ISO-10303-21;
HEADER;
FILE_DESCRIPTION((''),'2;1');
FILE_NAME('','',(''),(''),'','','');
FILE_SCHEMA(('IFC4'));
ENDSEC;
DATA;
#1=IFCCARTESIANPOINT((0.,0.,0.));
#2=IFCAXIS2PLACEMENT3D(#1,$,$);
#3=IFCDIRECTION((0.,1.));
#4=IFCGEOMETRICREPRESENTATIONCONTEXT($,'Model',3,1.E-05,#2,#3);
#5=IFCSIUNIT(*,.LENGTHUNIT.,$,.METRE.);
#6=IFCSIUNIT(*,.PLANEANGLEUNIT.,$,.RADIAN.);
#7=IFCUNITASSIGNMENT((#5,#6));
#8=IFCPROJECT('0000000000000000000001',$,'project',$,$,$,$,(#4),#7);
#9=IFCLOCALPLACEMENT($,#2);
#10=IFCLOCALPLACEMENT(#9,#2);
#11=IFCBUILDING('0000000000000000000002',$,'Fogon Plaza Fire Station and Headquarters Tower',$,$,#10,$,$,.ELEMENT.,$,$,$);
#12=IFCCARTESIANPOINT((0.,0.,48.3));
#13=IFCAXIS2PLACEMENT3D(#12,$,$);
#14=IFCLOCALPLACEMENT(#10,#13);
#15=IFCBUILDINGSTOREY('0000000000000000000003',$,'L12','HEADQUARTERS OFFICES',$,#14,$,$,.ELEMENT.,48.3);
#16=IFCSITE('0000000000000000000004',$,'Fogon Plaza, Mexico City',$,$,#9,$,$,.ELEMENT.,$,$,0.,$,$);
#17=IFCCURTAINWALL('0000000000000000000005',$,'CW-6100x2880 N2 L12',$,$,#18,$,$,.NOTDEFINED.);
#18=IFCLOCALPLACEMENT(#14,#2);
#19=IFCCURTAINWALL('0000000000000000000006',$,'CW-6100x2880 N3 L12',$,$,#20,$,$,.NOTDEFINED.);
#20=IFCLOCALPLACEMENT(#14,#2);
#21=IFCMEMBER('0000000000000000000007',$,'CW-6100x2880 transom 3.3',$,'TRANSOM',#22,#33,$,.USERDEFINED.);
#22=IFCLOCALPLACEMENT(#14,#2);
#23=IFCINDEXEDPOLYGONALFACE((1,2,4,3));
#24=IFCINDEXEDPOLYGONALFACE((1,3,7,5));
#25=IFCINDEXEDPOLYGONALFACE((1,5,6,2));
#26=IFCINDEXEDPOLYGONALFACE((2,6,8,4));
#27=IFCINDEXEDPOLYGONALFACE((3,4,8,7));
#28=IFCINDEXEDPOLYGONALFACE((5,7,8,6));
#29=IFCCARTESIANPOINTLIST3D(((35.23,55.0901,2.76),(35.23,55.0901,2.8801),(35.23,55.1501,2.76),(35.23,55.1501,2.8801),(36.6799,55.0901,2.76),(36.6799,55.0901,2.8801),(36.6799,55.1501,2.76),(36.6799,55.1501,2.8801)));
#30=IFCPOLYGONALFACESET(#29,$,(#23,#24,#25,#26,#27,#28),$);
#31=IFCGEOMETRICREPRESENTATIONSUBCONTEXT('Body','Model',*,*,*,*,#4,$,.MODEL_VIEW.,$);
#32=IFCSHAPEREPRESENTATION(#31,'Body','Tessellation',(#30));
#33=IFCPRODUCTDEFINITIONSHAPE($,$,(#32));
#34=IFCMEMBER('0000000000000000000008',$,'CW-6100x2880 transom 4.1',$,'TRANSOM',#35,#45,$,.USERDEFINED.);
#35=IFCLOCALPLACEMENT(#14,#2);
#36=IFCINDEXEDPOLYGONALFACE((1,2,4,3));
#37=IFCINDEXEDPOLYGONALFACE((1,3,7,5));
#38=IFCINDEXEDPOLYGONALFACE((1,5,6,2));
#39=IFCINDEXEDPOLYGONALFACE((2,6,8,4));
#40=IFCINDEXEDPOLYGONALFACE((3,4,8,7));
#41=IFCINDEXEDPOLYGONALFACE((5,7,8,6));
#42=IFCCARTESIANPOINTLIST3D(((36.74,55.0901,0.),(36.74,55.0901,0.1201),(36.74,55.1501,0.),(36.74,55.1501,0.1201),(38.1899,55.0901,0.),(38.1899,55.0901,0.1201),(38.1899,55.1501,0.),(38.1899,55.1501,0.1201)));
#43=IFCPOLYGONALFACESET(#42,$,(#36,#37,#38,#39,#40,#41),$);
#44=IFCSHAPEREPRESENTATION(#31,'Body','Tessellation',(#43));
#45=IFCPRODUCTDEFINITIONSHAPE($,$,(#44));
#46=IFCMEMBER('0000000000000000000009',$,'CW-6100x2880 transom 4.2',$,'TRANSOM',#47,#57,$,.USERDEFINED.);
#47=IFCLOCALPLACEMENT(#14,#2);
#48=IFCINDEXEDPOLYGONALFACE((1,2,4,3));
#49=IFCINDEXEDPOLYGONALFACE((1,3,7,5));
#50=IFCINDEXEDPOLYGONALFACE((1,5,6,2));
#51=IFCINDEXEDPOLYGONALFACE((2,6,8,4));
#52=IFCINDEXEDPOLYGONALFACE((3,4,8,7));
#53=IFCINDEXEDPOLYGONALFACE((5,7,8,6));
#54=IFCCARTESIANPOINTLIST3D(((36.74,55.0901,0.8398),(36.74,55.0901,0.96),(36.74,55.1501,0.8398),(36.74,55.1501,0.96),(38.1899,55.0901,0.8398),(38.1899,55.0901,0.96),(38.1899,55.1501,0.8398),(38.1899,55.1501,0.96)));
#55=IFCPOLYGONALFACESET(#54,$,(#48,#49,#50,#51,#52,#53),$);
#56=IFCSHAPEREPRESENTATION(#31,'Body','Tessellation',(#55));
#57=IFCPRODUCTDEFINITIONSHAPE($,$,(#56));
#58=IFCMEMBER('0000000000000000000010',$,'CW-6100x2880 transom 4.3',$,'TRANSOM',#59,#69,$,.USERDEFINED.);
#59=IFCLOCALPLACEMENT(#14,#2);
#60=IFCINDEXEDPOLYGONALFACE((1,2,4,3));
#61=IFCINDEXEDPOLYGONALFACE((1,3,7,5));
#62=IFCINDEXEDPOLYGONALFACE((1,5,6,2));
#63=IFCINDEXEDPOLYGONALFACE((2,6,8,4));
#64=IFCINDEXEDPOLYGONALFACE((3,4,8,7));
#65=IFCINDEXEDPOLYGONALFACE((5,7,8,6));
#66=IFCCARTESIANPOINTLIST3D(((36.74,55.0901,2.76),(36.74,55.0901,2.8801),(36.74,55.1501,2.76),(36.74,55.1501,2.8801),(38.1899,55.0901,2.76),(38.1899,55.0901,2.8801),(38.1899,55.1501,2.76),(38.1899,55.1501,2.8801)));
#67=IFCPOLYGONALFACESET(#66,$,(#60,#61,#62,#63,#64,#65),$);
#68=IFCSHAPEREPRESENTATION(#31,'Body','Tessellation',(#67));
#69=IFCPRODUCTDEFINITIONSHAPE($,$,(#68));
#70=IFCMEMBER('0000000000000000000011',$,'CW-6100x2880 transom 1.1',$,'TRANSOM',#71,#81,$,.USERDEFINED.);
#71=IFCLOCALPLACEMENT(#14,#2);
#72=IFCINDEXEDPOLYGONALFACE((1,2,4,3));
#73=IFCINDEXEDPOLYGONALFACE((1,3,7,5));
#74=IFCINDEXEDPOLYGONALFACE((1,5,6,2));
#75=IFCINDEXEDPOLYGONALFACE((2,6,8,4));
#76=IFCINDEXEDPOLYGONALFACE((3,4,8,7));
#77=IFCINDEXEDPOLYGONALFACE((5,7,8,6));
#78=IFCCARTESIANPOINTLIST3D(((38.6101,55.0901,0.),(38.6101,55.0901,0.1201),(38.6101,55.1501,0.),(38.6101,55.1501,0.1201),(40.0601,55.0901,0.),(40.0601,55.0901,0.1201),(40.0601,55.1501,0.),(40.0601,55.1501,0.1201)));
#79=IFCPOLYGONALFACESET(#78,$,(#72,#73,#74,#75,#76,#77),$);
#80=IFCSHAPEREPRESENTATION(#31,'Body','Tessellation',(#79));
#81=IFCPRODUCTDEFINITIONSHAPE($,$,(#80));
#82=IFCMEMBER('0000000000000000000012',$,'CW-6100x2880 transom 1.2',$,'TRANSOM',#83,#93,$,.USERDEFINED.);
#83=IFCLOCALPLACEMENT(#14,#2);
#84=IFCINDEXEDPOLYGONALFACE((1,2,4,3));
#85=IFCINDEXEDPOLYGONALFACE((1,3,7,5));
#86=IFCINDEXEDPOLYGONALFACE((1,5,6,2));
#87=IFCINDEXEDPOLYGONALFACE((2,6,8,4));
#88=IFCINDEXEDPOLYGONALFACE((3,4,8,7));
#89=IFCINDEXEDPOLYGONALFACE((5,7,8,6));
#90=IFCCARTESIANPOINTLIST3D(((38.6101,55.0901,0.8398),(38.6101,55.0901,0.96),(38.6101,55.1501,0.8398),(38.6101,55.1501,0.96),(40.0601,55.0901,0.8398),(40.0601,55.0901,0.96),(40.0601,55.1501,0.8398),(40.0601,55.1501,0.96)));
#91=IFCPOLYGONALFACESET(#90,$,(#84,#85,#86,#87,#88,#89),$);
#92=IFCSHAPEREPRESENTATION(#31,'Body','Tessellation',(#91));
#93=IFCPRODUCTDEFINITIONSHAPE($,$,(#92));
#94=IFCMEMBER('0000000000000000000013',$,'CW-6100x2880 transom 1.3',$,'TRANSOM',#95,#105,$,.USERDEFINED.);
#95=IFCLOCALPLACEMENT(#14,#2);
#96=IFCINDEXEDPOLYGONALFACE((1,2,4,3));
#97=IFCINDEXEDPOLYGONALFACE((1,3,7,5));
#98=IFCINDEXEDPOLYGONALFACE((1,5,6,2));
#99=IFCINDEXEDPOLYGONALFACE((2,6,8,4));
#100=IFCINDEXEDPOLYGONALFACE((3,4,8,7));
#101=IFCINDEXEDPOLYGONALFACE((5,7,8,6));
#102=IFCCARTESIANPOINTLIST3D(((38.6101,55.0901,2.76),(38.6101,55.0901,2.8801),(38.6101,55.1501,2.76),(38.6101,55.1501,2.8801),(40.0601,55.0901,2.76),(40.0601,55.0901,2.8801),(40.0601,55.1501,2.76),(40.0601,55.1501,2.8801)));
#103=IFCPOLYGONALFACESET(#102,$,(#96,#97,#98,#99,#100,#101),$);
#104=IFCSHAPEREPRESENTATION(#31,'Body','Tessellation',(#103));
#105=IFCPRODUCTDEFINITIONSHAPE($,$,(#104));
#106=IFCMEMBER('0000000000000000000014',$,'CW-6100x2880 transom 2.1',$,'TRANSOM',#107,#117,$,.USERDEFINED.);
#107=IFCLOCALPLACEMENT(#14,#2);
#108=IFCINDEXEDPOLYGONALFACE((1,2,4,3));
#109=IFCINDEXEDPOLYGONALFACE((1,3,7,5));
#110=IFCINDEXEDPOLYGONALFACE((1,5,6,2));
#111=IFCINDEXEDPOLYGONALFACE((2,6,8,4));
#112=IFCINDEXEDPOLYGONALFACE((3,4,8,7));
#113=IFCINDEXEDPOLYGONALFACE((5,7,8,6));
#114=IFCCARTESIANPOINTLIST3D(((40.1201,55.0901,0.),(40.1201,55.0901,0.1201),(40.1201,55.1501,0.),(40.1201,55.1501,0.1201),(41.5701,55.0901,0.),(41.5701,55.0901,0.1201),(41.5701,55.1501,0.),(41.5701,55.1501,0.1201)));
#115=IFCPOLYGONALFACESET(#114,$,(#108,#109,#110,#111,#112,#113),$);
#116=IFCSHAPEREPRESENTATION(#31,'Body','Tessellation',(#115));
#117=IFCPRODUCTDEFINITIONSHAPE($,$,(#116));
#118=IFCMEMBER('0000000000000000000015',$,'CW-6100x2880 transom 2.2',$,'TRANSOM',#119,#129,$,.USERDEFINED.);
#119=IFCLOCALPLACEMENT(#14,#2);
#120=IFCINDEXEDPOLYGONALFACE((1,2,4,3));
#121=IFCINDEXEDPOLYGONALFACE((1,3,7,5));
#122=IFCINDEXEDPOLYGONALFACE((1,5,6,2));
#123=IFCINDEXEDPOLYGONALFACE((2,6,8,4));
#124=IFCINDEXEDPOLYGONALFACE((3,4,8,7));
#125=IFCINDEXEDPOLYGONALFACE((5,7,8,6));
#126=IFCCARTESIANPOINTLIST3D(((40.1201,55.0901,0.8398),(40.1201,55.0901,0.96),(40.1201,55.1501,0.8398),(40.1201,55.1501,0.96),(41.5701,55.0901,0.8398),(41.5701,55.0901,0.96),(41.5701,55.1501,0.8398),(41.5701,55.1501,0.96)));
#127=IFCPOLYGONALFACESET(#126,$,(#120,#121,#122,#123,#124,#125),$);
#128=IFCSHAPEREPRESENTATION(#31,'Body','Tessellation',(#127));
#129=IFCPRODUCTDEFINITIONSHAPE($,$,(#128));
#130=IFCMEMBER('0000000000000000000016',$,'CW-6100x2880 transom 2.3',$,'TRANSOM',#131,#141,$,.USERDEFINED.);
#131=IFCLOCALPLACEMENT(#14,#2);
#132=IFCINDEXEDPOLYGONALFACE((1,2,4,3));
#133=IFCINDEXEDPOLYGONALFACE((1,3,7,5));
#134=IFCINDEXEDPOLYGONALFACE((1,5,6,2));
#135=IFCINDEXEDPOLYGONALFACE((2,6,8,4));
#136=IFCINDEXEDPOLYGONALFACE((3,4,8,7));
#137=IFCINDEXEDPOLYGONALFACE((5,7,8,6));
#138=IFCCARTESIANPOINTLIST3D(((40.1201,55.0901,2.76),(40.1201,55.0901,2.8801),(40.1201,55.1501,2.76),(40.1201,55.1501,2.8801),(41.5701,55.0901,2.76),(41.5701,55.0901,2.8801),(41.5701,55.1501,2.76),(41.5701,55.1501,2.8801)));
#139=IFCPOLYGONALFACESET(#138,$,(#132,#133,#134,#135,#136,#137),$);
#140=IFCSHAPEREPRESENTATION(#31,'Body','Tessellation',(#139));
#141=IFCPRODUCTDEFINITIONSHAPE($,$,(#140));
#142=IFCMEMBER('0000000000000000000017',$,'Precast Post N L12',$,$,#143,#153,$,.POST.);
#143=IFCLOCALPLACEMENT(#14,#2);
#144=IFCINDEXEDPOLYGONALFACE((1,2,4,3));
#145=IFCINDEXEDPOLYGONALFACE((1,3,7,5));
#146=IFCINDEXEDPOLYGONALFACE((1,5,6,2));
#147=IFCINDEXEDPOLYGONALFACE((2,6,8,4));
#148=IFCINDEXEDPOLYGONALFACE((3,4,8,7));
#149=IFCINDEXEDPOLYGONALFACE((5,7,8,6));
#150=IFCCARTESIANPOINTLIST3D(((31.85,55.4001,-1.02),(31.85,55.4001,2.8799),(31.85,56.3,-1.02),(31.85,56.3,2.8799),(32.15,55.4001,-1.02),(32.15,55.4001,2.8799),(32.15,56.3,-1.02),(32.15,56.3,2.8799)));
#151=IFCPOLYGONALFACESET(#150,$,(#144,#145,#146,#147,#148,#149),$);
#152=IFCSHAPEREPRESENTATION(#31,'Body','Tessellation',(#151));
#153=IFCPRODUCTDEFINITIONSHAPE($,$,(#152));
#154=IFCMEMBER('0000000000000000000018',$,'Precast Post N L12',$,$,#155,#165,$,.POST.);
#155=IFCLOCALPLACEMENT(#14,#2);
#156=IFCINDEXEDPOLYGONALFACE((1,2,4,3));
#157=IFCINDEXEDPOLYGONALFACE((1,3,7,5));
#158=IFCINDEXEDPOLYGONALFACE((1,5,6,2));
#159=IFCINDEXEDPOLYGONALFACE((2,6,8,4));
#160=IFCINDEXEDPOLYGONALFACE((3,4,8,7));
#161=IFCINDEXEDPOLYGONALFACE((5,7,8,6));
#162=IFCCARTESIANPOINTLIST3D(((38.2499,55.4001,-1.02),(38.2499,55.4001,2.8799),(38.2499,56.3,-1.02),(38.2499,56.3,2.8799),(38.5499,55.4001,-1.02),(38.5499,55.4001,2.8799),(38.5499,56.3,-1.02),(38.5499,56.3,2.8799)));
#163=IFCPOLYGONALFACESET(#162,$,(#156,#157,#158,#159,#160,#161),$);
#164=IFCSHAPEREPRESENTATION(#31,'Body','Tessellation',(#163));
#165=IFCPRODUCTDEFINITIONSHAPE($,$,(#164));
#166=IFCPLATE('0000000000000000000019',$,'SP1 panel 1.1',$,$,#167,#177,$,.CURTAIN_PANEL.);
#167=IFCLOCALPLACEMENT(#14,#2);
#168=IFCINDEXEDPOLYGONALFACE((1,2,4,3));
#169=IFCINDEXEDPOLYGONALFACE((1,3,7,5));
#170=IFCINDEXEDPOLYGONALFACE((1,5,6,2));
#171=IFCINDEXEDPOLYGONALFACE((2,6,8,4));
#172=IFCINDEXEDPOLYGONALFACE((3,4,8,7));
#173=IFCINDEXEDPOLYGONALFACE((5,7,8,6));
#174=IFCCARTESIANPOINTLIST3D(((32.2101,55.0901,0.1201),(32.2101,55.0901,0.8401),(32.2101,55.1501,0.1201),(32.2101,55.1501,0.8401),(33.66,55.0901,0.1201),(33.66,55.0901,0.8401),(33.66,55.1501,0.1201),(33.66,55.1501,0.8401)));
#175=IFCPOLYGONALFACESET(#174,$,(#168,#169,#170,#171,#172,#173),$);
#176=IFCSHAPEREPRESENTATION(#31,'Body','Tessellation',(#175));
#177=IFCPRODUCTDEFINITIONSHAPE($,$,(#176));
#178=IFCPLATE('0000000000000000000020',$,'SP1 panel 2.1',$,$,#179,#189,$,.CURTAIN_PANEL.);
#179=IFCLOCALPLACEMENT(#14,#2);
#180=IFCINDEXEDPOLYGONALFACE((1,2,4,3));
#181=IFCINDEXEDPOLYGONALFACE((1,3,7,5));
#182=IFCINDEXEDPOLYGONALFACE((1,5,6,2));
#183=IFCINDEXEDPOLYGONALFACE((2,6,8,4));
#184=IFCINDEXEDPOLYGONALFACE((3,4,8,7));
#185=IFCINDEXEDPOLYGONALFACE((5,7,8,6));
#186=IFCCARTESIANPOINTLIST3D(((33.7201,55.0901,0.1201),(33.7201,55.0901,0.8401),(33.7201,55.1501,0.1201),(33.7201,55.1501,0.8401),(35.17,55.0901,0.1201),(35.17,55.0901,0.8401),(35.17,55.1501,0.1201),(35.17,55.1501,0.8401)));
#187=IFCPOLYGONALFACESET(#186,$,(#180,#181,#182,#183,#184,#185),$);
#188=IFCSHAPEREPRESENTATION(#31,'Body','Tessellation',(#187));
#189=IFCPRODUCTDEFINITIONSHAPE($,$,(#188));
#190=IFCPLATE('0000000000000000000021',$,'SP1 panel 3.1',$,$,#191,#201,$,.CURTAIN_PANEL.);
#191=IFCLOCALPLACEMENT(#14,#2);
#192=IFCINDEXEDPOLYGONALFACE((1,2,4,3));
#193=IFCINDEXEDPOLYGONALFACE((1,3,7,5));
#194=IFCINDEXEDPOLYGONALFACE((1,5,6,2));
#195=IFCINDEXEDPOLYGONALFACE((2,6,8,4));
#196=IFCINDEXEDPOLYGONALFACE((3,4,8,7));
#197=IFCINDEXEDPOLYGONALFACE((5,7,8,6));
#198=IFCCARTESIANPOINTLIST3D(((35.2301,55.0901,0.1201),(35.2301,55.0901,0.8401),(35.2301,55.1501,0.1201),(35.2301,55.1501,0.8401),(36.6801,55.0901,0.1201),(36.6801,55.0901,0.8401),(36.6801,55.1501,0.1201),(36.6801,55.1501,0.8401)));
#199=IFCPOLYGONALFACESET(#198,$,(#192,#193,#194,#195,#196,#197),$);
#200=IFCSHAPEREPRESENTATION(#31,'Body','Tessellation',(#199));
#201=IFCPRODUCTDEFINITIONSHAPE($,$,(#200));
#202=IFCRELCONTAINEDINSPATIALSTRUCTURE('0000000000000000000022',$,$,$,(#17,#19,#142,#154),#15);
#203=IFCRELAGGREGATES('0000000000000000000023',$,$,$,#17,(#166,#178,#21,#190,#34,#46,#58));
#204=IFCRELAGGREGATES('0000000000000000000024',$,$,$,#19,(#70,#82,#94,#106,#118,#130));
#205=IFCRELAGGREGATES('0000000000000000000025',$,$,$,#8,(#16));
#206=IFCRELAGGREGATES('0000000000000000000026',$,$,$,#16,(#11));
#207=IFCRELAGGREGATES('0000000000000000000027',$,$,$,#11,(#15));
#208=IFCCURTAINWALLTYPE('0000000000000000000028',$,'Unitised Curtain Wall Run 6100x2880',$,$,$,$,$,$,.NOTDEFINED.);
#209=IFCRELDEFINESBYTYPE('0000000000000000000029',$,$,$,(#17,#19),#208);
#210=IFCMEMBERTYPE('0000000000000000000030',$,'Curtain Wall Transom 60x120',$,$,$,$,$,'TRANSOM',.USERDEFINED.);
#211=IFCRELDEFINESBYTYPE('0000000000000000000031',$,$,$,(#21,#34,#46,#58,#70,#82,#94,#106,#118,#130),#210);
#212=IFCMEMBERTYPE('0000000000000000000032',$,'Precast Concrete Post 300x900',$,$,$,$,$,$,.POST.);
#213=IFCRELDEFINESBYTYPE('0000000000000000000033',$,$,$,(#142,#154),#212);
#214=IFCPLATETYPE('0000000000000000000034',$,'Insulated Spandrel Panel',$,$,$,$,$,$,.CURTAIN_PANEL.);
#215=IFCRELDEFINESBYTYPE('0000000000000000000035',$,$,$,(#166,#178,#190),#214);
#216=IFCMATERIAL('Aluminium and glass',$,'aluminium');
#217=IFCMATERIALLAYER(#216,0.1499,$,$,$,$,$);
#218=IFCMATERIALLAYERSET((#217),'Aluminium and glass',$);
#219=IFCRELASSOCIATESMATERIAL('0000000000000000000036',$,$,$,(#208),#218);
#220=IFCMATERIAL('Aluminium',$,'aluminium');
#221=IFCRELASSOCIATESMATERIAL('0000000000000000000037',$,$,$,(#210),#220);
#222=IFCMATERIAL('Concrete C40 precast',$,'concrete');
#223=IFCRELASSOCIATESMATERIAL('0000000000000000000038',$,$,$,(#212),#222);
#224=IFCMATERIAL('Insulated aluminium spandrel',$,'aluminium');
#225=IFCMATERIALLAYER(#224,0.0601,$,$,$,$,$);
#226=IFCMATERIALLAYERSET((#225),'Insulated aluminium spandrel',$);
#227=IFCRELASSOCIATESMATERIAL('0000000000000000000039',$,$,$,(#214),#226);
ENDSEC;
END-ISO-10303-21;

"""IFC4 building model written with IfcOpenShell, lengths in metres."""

from ifc_helpers import new_model, si_unit, direction, frame, origin, origin_2d, place, context, subcontext, project, spatial, rectangle, extrude, material, layer, layer_set, material_profile, profile_set, type_object, element, aggregate, save


model = new_model("IFC4")

# Units and contexts
model_context = context("Model", 3, precision=1e-05, world=origin(), true_north=direction((0.0, 1.0)))
body_context = subcontext(model_context, "Body", "Model", "MODEL_VIEW")
ifc_project = project(units=[si_unit("LENGTHUNIT", "METRE"), si_unit("PLANEANGLEUNIT", "RADIAN")], contexts=[model_context])

# Site, building, storey
site_placement = place(None, origin())
site = spatial("IfcSite", under=ifc_project, at=site_placement, Name="Fogon Plaza, Mexico City", CompositionType="ELEMENT", RefElevation=0.0)
building_placement = place(site_placement, origin())
building = spatial("IfcBuilding", under=site, at=building_placement, Name="Fogon Plaza Fire Station and Headquarters Tower", CompositionType="ELEMENT")
storey_placement = place(building_placement, frame((0.0, 0.0, 48.3)))
storey = spatial("IfcBuildingStorey", under=building, at=storey_placement, Name="L12", Description="HEADQUARTERS OFFICES", CompositionType="ELEMENT", Elevation=48.3)

# Curtain walls
ifc_material_1 = material(Name="Aluminium and glass", Category="aluminium")
ifc_layer_1 = layer(ifc_material_1, 0.1499)
ifc_layer_set_1 = layer_set([ifc_layer_1], Name="Aluminium and glass")
curtain_wall_type = type_object("IfcCurtainWallType", Name="Unitised Curtain Wall Run 6100x2880", PredefinedType="NOTDEFINED", material=ifc_layer_set_1)
curtain_wall_1_placement = place(storey_placement, origin())
curtain_wall_1 = element("IfcCurtainWall", 1, at=curtain_wall_1_placement, inside=storey, type_object=curtain_wall_type, Name="CW-6100x2880 N2 L12", PredefinedType="NOTDEFINED")
curtain_wall_2_placement = place(storey_placement, origin())
curtain_wall_2 = element("IfcCurtainWall", 2, at=curtain_wall_2_placement, inside=storey, type_object=curtain_wall_type, Name="CW-6100x2880 N3 L12", PredefinedType="NOTDEFINED")

# Members
ifc_material_2 = material(Name="Aluminium", Category="aluminium")
ifc_material_profile_1 = material_profile(ifc_material_2, rectangle(XDim=0.0601, YDim=0.1201, at=origin_2d()), Name="Curtain Wall Transom 60x120")
ifc_profile_set_1 = profile_set([ifc_material_profile_1], Name="Aluminium")
member_type_1 = type_object("IfcMemberType", Name="Curtain Wall Transom 60x120", ElementType="TRANSOM", PredefinedType="USERDEFINED", material=ifc_profile_set_1)
member_1_placement = place(storey_placement, frame((35.23, 55.1201, 2.8201), z_axis=(1.0, 0.0, 0.0), x_axis=(0.0, 1.0, 0.0)))
member_1 = element("IfcMember", 3, at=member_1_placement, type_object=member_type_1, Name="CW-6100x2880 transom 3.3", ObjectType="TRANSOM", PredefinedType="USERDEFINED", context=body_context, shape_type="SweptSolid", body=[
    extrude(rectangle(XDim=0.0601, YDim=0.1201, at=origin_2d()), origin(), (0.0, 0.0, 1.0), 1.45),
])
member_2_placement = place(storey_placement, frame((36.74, 55.1201, 0.0601), z_axis=(1.0, 0.0, 0.0), x_axis=(0.0, 1.0, 0.0)))
member_2 = element("IfcMember", 4, at=member_2_placement, type_object=member_type_1, Name="CW-6100x2880 transom 4.1", ObjectType="TRANSOM", PredefinedType="USERDEFINED", context=body_context, shape_type="SweptSolid", body=[
    extrude(rectangle(XDim=0.0601, YDim=0.1201, at=origin_2d()), origin(), (0.0, 0.0, 1.0), 1.45),
])
member_3_placement = place(storey_placement, frame((36.74, 55.1201, 0.8999), z_axis=(1.0, 0.0, 0.0), x_axis=(0.0, 1.0, 0.0)))
member_3 = element("IfcMember", 5, at=member_3_placement, type_object=member_type_1, Name="CW-6100x2880 transom 4.2", ObjectType="TRANSOM", PredefinedType="USERDEFINED", context=body_context, shape_type="SweptSolid", body=[
    extrude(rectangle(XDim=0.0601, YDim=0.1201, at=origin_2d()), origin(), (0.0, 0.0, 1.0), 1.45),
])
member_4_placement = place(storey_placement, frame((36.74, 55.1201, 2.8201), z_axis=(1.0, 0.0, 0.0), x_axis=(0.0, 1.0, 0.0)))
member_4 = element("IfcMember", 6, at=member_4_placement, type_object=member_type_1, Name="CW-6100x2880 transom 4.3", ObjectType="TRANSOM", PredefinedType="USERDEFINED", context=body_context, shape_type="SweptSolid", body=[
    extrude(rectangle(XDim=0.0601, YDim=0.1201, at=origin_2d()), origin(), (0.0, 0.0, 1.0), 1.45),
])
member_5_placement = place(storey_placement, frame((38.6101, 55.1201, 0.0601), z_axis=(1.0, 0.0, 0.0), x_axis=(0.0, 1.0, 0.0)))
member_5 = element("IfcMember", 7, at=member_5_placement, type_object=member_type_1, Name="CW-6100x2880 transom 1.1", ObjectType="TRANSOM", PredefinedType="USERDEFINED", context=body_context, shape_type="SweptSolid", body=[
    extrude(rectangle(XDim=0.0601, YDim=0.1201, at=origin_2d()), origin(), (0.0, 0.0, 1.0), 1.45),
])
member_6_placement = place(storey_placement, frame((38.6101, 55.1201, 0.8999), z_axis=(1.0, 0.0, 0.0), x_axis=(0.0, 1.0, 0.0)))
member_6 = element("IfcMember", 8, at=member_6_placement, type_object=member_type_1, Name="CW-6100x2880 transom 1.2", ObjectType="TRANSOM", PredefinedType="USERDEFINED", context=body_context, shape_type="SweptSolid", body=[
    extrude(rectangle(XDim=0.0601, YDim=0.1201, at=origin_2d()), origin(), (0.0, 0.0, 1.0), 1.45),
])
member_7_placement = place(storey_placement, frame((38.6101, 55.1201, 2.8201), z_axis=(1.0, 0.0, 0.0), x_axis=(0.0, 1.0, 0.0)))
member_7 = element("IfcMember", 9, at=member_7_placement, type_object=member_type_1, Name="CW-6100x2880 transom 1.3", ObjectType="TRANSOM", PredefinedType="USERDEFINED", context=body_context, shape_type="SweptSolid", body=[
    extrude(rectangle(XDim=0.0601, YDim=0.1201, at=origin_2d()), origin(), (0.0, 0.0, 1.0), 1.45),
])
member_8_placement = place(storey_placement, frame((40.1201, 55.1201, 0.0601), z_axis=(1.0, 0.0, 0.0), x_axis=(0.0, 1.0, 0.0)))
member_8 = element("IfcMember", 10, at=member_8_placement, type_object=member_type_1, Name="CW-6100x2880 transom 2.1", ObjectType="TRANSOM", PredefinedType="USERDEFINED", context=body_context, shape_type="SweptSolid", body=[
    extrude(rectangle(XDim=0.0601, YDim=0.1201, at=origin_2d()), origin(), (0.0, 0.0, 1.0), 1.45),
])
member_9_placement = place(storey_placement, frame((40.1201, 55.1201, 0.8999), z_axis=(1.0, 0.0, 0.0), x_axis=(0.0, 1.0, 0.0)))
member_9 = element("IfcMember", 11, at=member_9_placement, type_object=member_type_1, Name="CW-6100x2880 transom 2.2", ObjectType="TRANSOM", PredefinedType="USERDEFINED", context=body_context, shape_type="SweptSolid", body=[
    extrude(rectangle(XDim=0.0601, YDim=0.1201, at=origin_2d()), origin(), (0.0, 0.0, 1.0), 1.45),
])
member_10_placement = place(storey_placement, frame((40.1201, 55.1201, 2.8201), z_axis=(1.0, 0.0, 0.0), x_axis=(0.0, 1.0, 0.0)))
member_10 = element("IfcMember", 12, at=member_10_placement, type_object=member_type_1, Name="CW-6100x2880 transom 2.3", ObjectType="TRANSOM", PredefinedType="USERDEFINED", context=body_context, shape_type="SweptSolid", body=[
    extrude(rectangle(XDim=0.0601, YDim=0.1201, at=origin_2d()), origin(), (0.0, 0.0, 1.0), 1.45),
])

# Members
ifc_material_3 = material(Name="Concrete C40 precast", Category="concrete")
ifc_material_profile_2 = material_profile(ifc_material_3, rectangle(XDim=0.3, YDim=0.8999, at=origin_2d()), Name="Precast Concrete Post 300x900")
ifc_profile_set_2 = profile_set([ifc_material_profile_2], Name="Concrete C40 precast")
member_type_2 = type_object("IfcMemberType", Name="Precast Concrete Post 300x900", PredefinedType="POST", material=ifc_profile_set_2)
for number, where, z_axis, x_axis, name in (
    (13, (32.0, 55.8501, -1.02), (0.0, 0.0, 1.0), (1.0, 0.0, 0.0), "Precast Post N L12"),
    (14, (38.3999, 55.8501, -1.02), (0.0, 0.0, 1.0), (1.0, 0.0, 0.0), "Precast Post N L12"),
):
    element("IfcMember", number, at=place(storey_placement, frame(where, z_axis=z_axis, x_axis=x_axis)), inside=storey, type_object=member_type_2, Name=name, PredefinedType="POST", context=body_context, shape_type="SweptSolid", body=[
        extrude(rectangle(XDim=0.3, YDim=0.8999, at=origin_2d()), origin(), (0.0, 0.0, 1.0), 3.8999),
    ])

# Plates
ifc_material_4 = material(Name="Insulated aluminium spandrel", Category="aluminium")
ifc_layer_2 = layer(ifc_material_4, 0.0601)
ifc_layer_set_2 = layer_set([ifc_layer_2], Name="Insulated aluminium spandrel")
plate_type_1 = type_object("IfcPlateType", Name="Insulated Spandrel Panel", PredefinedType="CURTAIN_PANEL", material=ifc_layer_set_2)
plate_1_placement = place(storey_placement, frame((32.9351, 55.1201, 0.1201), z_axis=(0.0, 0.0, 1.0), x_axis=(1.0, 0.0, 0.0)))
plate_1 = element("IfcPlate", 15, at=plate_1_placement, type_object=plate_type_1, Name="SP1 panel 1.1", PredefinedType="CURTAIN_PANEL", context=body_context, shape_type="SweptSolid", body=[
    extrude(rectangle(XDim=1.45, YDim=0.0601, at=origin_2d()), origin(), (0.0, 0.0, 1.0), 0.72),
])
plate_2_placement = place(storey_placement, frame((34.4451, 55.1201, 0.1201), z_axis=(0.0, 0.0, 1.0), x_axis=(1.0, 0.0, 0.0)))
plate_2 = element("IfcPlate", 16, at=plate_2_placement, type_object=plate_type_1, Name="SP1 panel 2.1", PredefinedType="CURTAIN_PANEL", context=body_context, shape_type="SweptSolid", body=[
    extrude(rectangle(XDim=1.45, YDim=0.0601, at=origin_2d()), origin(), (0.0, 0.0, 1.0), 0.72),
])
plate_3_placement = place(storey_placement, frame((35.9551, 55.1201, 0.1201), z_axis=(0.0, 0.0, 1.0), x_axis=(1.0, 0.0, 0.0)))
plate_3 = element("IfcPlate", 17, at=plate_3_placement, type_object=plate_type_1, Name="SP1 panel 3.1", PredefinedType="CURTAIN_PANEL", context=body_context, shape_type="SweptSolid", body=[
    extrude(rectangle(XDim=1.45, YDim=0.0601, at=origin_2d()), origin(), (0.0, 0.0, 1.0), 0.72),
])
aggregate(curtain_wall_1, [plate_1, plate_2, member_1, plate_3, member_2, member_3, member_4])
aggregate(curtain_wall_2, [member_5, member_6, member_7, member_8, member_9, member_10])

save(model, "model.ifc")
